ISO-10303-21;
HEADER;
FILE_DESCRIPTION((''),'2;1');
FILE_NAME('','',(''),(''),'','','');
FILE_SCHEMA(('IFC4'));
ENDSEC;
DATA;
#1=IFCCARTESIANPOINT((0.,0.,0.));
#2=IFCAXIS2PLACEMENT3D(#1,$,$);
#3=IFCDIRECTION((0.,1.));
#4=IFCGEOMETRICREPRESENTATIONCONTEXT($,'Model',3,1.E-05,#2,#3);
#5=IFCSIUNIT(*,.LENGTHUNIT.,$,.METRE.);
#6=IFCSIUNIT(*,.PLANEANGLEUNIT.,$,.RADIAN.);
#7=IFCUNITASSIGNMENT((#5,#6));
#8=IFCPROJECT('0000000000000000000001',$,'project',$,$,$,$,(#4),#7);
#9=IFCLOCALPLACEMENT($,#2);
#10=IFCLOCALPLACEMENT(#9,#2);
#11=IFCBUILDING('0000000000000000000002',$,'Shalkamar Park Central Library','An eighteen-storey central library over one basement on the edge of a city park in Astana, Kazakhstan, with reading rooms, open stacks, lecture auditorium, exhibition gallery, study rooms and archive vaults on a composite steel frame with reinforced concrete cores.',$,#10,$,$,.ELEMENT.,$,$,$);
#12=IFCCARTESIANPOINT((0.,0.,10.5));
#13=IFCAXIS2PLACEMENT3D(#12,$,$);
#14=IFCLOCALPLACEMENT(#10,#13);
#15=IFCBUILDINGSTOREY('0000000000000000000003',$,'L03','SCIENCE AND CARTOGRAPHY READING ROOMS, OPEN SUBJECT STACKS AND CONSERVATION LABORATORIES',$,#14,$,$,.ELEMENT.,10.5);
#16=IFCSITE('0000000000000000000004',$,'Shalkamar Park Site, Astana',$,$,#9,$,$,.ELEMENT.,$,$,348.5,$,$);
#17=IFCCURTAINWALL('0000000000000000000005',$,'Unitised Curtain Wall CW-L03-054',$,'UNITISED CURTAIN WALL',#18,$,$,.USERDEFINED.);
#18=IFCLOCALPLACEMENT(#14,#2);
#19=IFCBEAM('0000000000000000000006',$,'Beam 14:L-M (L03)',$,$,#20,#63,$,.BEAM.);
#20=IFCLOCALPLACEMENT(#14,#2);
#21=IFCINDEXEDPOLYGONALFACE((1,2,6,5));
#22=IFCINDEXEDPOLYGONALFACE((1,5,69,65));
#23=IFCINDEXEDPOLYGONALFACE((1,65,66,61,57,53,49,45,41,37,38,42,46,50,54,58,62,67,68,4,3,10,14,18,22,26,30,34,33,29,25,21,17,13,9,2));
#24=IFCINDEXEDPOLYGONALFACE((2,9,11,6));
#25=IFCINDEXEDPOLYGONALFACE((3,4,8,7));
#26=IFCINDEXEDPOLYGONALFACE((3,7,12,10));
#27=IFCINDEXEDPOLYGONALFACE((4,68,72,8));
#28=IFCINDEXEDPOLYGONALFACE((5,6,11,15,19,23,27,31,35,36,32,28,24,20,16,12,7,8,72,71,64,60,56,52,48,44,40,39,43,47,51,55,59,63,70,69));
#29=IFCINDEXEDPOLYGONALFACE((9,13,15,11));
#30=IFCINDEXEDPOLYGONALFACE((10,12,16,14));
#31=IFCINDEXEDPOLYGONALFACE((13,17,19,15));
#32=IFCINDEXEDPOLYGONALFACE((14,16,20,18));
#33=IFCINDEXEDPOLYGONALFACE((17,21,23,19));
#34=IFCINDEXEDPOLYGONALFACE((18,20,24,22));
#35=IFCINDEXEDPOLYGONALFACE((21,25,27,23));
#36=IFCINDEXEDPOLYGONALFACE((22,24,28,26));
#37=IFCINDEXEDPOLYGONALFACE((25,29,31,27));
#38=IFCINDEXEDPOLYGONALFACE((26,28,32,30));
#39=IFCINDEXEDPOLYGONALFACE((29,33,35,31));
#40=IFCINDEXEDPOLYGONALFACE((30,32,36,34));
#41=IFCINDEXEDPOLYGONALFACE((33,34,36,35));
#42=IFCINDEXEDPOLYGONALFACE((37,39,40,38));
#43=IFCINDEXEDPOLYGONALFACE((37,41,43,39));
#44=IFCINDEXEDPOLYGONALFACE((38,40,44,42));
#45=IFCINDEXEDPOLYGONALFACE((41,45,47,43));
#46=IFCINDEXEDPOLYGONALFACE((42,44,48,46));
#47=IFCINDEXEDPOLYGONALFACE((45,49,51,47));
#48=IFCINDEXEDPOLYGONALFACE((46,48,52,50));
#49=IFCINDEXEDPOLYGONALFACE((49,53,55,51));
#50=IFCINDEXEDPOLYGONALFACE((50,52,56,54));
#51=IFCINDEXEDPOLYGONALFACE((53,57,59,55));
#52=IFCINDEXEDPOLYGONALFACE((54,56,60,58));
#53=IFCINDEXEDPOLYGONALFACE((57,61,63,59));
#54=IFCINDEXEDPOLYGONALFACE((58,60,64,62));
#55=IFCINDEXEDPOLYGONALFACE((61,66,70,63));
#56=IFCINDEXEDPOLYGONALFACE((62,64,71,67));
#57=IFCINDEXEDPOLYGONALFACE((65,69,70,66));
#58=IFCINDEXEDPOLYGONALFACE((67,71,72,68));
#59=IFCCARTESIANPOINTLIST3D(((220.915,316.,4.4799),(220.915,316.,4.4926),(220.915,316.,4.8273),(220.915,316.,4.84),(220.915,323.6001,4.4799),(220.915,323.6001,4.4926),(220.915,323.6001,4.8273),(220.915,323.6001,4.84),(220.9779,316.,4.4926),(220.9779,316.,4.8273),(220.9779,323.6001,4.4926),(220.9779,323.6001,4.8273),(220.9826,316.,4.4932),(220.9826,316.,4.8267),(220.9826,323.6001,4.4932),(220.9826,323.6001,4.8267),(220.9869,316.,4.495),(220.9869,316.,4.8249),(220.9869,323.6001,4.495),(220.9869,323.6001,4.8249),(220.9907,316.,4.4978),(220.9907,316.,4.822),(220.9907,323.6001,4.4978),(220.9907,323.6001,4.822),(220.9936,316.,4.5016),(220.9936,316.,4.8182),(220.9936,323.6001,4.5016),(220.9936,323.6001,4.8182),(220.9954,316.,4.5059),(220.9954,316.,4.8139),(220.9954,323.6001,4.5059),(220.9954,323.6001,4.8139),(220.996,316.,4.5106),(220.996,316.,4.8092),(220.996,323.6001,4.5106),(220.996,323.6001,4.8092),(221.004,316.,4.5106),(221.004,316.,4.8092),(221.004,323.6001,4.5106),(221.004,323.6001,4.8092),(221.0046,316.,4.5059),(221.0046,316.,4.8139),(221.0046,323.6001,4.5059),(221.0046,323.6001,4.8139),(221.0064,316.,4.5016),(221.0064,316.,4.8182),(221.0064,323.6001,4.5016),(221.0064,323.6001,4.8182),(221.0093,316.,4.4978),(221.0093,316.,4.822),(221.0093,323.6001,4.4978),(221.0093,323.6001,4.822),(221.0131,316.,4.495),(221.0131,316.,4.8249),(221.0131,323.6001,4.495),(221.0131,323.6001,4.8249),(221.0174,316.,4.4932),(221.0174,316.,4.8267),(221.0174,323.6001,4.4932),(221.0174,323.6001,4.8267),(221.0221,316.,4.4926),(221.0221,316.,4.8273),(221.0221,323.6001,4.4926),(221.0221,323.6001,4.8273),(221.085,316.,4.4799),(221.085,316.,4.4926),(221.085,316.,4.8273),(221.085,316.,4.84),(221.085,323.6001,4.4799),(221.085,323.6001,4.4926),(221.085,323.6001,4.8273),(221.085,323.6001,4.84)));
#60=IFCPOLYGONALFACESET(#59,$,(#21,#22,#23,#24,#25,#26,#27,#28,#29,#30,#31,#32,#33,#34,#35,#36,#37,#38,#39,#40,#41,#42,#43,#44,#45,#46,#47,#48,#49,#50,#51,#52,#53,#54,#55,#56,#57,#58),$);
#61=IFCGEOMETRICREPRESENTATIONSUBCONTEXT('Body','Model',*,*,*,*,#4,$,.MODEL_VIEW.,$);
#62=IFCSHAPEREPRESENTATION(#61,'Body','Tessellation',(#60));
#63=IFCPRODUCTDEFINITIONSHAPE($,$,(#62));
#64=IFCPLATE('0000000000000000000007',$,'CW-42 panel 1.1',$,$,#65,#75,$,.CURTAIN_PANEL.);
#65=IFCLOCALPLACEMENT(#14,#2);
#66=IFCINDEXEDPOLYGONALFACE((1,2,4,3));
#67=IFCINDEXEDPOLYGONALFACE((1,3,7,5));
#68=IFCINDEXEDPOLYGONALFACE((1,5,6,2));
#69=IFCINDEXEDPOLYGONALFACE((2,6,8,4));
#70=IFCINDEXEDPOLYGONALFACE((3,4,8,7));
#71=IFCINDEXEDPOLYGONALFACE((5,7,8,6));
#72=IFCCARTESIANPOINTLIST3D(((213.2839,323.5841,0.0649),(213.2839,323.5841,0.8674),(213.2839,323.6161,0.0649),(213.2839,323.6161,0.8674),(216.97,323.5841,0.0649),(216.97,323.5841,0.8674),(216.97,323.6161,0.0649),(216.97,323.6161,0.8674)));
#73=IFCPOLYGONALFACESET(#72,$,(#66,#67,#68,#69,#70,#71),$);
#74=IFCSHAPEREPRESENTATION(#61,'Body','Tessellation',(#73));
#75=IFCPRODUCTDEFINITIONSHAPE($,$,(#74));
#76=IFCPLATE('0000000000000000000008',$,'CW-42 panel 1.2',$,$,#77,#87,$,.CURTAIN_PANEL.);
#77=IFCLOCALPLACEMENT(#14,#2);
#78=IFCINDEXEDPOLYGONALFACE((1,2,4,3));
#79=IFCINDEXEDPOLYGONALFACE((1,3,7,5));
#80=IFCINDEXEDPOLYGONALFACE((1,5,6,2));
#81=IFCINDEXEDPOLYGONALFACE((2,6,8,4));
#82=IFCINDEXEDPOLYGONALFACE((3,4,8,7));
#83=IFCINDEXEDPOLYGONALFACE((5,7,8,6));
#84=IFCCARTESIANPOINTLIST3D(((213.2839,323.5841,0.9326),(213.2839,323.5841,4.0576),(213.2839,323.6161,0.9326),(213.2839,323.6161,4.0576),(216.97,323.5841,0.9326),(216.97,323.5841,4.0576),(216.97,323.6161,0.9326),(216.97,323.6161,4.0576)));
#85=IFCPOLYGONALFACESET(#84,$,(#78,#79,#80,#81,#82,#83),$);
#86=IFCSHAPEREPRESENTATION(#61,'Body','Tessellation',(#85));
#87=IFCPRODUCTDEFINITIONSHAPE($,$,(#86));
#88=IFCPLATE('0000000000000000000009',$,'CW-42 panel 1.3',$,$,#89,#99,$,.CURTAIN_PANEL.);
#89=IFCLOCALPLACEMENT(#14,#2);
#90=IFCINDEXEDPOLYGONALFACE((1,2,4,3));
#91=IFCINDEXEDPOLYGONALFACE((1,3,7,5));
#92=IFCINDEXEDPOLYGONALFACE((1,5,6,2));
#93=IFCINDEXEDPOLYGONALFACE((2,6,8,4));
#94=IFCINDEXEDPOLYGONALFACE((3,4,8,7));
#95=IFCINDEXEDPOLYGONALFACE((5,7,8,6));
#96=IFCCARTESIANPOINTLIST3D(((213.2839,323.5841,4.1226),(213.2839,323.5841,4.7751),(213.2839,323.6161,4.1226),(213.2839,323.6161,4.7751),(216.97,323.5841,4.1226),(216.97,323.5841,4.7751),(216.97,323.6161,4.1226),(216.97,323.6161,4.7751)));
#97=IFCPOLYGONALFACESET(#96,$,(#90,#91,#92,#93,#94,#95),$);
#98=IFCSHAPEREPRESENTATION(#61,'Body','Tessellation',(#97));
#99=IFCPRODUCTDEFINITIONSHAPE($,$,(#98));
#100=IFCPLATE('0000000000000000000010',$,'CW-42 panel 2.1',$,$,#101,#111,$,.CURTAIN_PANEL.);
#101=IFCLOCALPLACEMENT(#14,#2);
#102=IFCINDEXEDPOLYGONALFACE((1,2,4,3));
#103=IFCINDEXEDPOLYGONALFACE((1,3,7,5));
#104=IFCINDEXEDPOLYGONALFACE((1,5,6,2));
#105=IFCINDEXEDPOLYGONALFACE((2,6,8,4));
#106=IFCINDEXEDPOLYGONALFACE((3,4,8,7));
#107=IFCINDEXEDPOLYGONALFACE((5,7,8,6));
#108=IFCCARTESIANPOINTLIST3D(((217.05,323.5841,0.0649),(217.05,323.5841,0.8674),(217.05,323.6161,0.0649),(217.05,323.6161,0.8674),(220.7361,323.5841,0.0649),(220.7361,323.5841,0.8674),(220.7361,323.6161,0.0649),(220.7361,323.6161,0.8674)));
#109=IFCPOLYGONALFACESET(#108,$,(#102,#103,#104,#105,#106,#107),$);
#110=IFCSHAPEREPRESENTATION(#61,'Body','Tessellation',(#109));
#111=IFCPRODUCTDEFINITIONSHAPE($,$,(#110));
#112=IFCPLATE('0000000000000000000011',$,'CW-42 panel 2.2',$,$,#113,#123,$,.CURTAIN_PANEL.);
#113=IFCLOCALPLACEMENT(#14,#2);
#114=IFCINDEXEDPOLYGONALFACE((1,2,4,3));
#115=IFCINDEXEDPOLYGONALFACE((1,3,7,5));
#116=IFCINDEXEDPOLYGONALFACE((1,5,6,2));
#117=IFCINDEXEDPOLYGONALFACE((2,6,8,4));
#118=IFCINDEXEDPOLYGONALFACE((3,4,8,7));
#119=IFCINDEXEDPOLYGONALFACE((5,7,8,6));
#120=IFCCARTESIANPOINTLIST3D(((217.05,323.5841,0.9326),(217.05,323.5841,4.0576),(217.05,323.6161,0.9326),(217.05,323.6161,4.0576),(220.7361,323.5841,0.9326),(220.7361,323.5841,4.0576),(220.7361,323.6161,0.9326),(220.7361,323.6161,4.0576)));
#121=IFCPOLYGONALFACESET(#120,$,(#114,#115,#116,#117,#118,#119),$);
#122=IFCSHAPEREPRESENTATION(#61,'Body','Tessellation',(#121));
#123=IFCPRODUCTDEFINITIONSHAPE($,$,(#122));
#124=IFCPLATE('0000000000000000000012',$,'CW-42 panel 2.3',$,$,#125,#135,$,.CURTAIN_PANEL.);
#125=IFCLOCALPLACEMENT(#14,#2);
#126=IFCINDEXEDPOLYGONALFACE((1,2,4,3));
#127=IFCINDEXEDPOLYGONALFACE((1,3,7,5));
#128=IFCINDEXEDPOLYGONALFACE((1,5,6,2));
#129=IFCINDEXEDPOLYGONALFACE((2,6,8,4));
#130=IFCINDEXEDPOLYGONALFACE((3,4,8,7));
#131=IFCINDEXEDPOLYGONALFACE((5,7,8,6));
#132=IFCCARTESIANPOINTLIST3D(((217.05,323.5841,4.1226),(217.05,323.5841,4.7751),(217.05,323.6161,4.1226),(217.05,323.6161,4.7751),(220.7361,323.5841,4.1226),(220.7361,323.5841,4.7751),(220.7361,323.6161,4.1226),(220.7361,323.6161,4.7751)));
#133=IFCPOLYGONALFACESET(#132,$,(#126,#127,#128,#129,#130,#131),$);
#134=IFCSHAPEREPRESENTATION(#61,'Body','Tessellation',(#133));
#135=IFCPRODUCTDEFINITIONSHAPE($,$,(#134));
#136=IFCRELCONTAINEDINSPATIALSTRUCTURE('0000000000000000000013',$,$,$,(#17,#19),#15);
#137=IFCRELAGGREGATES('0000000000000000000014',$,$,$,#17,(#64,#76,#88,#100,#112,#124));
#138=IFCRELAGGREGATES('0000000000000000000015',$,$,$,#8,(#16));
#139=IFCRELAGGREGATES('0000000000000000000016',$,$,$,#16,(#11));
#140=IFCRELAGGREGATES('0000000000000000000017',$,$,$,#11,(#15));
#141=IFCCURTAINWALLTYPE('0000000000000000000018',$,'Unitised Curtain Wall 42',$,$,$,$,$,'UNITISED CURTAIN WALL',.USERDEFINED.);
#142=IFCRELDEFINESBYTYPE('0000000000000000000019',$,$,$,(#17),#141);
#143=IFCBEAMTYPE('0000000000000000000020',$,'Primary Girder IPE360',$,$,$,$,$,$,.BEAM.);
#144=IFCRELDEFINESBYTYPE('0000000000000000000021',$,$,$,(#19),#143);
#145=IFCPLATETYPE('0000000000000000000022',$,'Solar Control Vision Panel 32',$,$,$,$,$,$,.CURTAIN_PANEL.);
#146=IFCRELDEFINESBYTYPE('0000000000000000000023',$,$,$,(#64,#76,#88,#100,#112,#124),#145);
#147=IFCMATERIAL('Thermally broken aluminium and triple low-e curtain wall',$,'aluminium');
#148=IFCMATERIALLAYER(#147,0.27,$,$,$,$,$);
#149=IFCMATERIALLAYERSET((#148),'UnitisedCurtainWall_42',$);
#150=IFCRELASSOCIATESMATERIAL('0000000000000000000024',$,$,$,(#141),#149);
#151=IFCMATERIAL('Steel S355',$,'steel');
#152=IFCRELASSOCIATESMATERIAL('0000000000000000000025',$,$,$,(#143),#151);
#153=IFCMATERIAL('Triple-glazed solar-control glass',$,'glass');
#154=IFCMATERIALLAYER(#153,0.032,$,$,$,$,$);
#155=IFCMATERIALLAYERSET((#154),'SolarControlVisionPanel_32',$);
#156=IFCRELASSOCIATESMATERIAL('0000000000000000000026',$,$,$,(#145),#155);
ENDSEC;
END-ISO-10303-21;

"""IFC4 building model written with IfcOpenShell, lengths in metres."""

from ifc_helpers import new_model, si_unit, direction, frame, origin, origin_2d, place, context, subcontext, project, spatial, rectangle, i_section, extrude, material, layer, layer_set, material_profile, profile_set, type_object, element, aggregate, save


model = new_model("IFC4")

# Units and contexts
model_context = context("Model", 3, precision=1e-05, world=origin(), true_north=direction((0.0, 1.0)))
body_context = subcontext(model_context, "Body", "Model", "MODEL_VIEW")
ifc_project = project(units=[si_unit("LENGTHUNIT", "METRE"), si_unit("PLANEANGLEUNIT", "RADIAN")], contexts=[model_context])

# Site, building, storey
site_placement = place(None, origin())
site = spatial("IfcSite", under=ifc_project, at=site_placement, Name="Shalkamar Park Site, Astana", CompositionType="ELEMENT", RefElevation=348.5)
building_placement = place(site_placement, origin())
building = spatial("IfcBuilding", under=site, at=building_placement, Name="Shalkamar Park Central Library", Description="An eighteen-storey central library over one basement on the edge of a city park in Astana, Kazakhstan, with reading rooms, open stacks, lecture auditorium, exhibition gallery, study rooms and archive vaults on a composite steel frame with reinforced concrete cores.", CompositionType="ELEMENT")
storey_placement = place(building_placement, frame((0.0, 0.0, 10.5)))
storey = spatial("IfcBuildingStorey", under=building, at=storey_placement, Name="L03", Description="SCIENCE AND CARTOGRAPHY READING ROOMS, OPEN SUBJECT STACKS AND CONSERVATION LABORATORIES", CompositionType="ELEMENT", Elevation=10.5)

# Shared definitions
ifc_material_1 = material(Name="Steel S355", Category="steel")

# Shared definitions
ifc_material_2 = material(Name="Thermally broken aluminium and triple low-e curtain wall", Category="aluminium")

# Curtain wall
ifc_layer_1 = layer(ifc_material_2, 0.27)
ifc_layer_set_1 = layer_set([ifc_layer_1], Name="UnitisedCurtainWall_42")
curtain_wall_type_1 = type_object("IfcCurtainWallType", Name="Unitised Curtain Wall 42", ElementType="UNITISED CURTAIN WALL", PredefinedType="USERDEFINED", material=ifc_layer_set_1)
curtain_wall_1_placement = place(storey_placement, origin())
curtain_wall_1 = element("IfcCurtainWall", 1, at=curtain_wall_1_placement, inside=storey, type_object=curtain_wall_type_1, Name="Unitised Curtain Wall CW-L03-054", ObjectType="UNITISED CURTAIN WALL", PredefinedType="USERDEFINED")

# Beam
ifc_material_profile_1 = material_profile(ifc_material_1, i_section(OverallWidth=0.1699, OverallDepth=0.3601, WebThickness=0.0081, FlangeThickness=0.0127, FilletRadius=0.0181, at=origin_2d()), Name="IPE 360")
ifc_profile_set_1 = profile_set([ifc_material_profile_1], Name="Steel S355")
beam_type_1 = type_object("IfcBeamType", Name="Primary Girder IPE360", PredefinedType="BEAM", material=ifc_profile_set_1)
beam_1_placement = place(storey_placement, frame((221.0, 316.0, 4.6599), z_axis=(0.0, 1.0, 0.0), x_axis=(-1.0, 0.0, 0.0)))
element("IfcBeam", 2, at=beam_1_placement, inside=storey, type_object=beam_type_1, Name="Beam 14:L-M (L03)", PredefinedType="BEAM", context=body_context, shape_type="SweptSolid", body=[
    extrude(i_section(OverallWidth=0.1699, OverallDepth=0.3601, WebThickness=0.0081, FlangeThickness=0.0127, FilletRadius=0.0181, at=origin_2d()), origin(), (0.0, 0.0, 1.0), 7.6001),
])

# Plates
ifc_material_3 = material(Name="Triple-glazed solar-control glass", Category="glass")
ifc_layer_2 = layer(ifc_material_3, 0.032)
ifc_layer_set_2 = layer_set([ifc_layer_2], Name="SolarControlVisionPanel_32")
plate_type = type_object("IfcPlateType", Name="Solar Control Vision Panel 32", PredefinedType="CURTAIN_PANEL", material=ifc_layer_set_2)
plate_1_placement = place(storey_placement, frame((215.127, 323.6001, 0.0649), z_axis=(0.0, 0.0, 1.0), x_axis=(1.0, 0.0, 0.0)))
plate_1 = element("IfcPlate", 3, at=plate_1_placement, type_object=plate_type, Name="CW-42 panel 1.1", PredefinedType="CURTAIN_PANEL", context=body_context, shape_type="SweptSolid", body=[
    extrude(rectangle(XDim=3.686, YDim=0.032, at=origin_2d()), origin(), (0.0, 0.0, 1.0), 0.8025),
])
plate_2_placement = place(storey_placement, frame((215.127, 323.6001, 0.9326), z_axis=(0.0, 0.0, 1.0), x_axis=(1.0, 0.0, 0.0)))
plate_2 = element("IfcPlate", 4, at=plate_2_placement, type_object=plate_type, Name="CW-42 panel 1.2", PredefinedType="CURTAIN_PANEL", context=body_context, shape_type="SweptSolid", body=[
    extrude(rectangle(XDim=3.686, YDim=0.032, at=origin_2d()), origin(), (0.0, 0.0, 1.0), 3.125),
])
plate_3_placement = place(storey_placement, frame((215.127, 323.6001, 4.1226), z_axis=(0.0, 0.0, 1.0), x_axis=(1.0, 0.0, 0.0)))
plate_3 = element("IfcPlate", 5, at=plate_3_placement, type_object=plate_type, Name="CW-42 panel 1.3", PredefinedType="CURTAIN_PANEL", context=body_context, shape_type="SweptSolid", body=[
    extrude(rectangle(XDim=3.686, YDim=0.032, at=origin_2d()), origin(), (0.0, 0.0, 1.0), 0.6526),
])
plate_4_placement = place(storey_placement, frame((218.8931, 323.6001, 0.0649), z_axis=(0.0, 0.0, 1.0), x_axis=(1.0, 0.0, 0.0)))
plate_4 = element("IfcPlate", 6, at=plate_4_placement, type_object=plate_type, Name="CW-42 panel 2.1", PredefinedType="CURTAIN_PANEL", context=body_context, shape_type="SweptSolid", body=[
    extrude(rectangle(XDim=3.686, YDim=0.032, at=origin_2d()), origin(), (0.0, 0.0, 1.0), 0.8025),
])
plate_5_placement = place(storey_placement, frame((218.8931, 323.6001, 0.9326), z_axis=(0.0, 0.0, 1.0), x_axis=(1.0, 0.0, 0.0)))
plate_5 = element("IfcPlate", 7, at=plate_5_placement, type_object=plate_type, Name="CW-42 panel 2.2", PredefinedType="CURTAIN_PANEL", context=body_context, shape_type="SweptSolid", body=[
    extrude(rectangle(XDim=3.686, YDim=0.032, at=origin_2d()), origin(), (0.0, 0.0, 1.0), 3.125),
])
plate_6_placement = place(storey_placement, frame((218.8931, 323.6001, 4.1226), z_axis=(0.0, 0.0, 1.0), x_axis=(1.0, 0.0, 0.0)))
plate_6 = element("IfcPlate", 8, at=plate_6_placement, type_object=plate_type, Name="CW-42 panel 2.3", PredefinedType="CURTAIN_PANEL", context=body_context, shape_type="SweptSolid", body=[
    extrude(rectangle(XDim=3.686, YDim=0.032, at=origin_2d()), origin(), (0.0, 0.0, 1.0), 0.6526),
])
aggregate(curtain_wall_1, [plate_1, plate_2, plate_3, plate_4, plate_5, plate_6])

save(model, "model.ifc")
